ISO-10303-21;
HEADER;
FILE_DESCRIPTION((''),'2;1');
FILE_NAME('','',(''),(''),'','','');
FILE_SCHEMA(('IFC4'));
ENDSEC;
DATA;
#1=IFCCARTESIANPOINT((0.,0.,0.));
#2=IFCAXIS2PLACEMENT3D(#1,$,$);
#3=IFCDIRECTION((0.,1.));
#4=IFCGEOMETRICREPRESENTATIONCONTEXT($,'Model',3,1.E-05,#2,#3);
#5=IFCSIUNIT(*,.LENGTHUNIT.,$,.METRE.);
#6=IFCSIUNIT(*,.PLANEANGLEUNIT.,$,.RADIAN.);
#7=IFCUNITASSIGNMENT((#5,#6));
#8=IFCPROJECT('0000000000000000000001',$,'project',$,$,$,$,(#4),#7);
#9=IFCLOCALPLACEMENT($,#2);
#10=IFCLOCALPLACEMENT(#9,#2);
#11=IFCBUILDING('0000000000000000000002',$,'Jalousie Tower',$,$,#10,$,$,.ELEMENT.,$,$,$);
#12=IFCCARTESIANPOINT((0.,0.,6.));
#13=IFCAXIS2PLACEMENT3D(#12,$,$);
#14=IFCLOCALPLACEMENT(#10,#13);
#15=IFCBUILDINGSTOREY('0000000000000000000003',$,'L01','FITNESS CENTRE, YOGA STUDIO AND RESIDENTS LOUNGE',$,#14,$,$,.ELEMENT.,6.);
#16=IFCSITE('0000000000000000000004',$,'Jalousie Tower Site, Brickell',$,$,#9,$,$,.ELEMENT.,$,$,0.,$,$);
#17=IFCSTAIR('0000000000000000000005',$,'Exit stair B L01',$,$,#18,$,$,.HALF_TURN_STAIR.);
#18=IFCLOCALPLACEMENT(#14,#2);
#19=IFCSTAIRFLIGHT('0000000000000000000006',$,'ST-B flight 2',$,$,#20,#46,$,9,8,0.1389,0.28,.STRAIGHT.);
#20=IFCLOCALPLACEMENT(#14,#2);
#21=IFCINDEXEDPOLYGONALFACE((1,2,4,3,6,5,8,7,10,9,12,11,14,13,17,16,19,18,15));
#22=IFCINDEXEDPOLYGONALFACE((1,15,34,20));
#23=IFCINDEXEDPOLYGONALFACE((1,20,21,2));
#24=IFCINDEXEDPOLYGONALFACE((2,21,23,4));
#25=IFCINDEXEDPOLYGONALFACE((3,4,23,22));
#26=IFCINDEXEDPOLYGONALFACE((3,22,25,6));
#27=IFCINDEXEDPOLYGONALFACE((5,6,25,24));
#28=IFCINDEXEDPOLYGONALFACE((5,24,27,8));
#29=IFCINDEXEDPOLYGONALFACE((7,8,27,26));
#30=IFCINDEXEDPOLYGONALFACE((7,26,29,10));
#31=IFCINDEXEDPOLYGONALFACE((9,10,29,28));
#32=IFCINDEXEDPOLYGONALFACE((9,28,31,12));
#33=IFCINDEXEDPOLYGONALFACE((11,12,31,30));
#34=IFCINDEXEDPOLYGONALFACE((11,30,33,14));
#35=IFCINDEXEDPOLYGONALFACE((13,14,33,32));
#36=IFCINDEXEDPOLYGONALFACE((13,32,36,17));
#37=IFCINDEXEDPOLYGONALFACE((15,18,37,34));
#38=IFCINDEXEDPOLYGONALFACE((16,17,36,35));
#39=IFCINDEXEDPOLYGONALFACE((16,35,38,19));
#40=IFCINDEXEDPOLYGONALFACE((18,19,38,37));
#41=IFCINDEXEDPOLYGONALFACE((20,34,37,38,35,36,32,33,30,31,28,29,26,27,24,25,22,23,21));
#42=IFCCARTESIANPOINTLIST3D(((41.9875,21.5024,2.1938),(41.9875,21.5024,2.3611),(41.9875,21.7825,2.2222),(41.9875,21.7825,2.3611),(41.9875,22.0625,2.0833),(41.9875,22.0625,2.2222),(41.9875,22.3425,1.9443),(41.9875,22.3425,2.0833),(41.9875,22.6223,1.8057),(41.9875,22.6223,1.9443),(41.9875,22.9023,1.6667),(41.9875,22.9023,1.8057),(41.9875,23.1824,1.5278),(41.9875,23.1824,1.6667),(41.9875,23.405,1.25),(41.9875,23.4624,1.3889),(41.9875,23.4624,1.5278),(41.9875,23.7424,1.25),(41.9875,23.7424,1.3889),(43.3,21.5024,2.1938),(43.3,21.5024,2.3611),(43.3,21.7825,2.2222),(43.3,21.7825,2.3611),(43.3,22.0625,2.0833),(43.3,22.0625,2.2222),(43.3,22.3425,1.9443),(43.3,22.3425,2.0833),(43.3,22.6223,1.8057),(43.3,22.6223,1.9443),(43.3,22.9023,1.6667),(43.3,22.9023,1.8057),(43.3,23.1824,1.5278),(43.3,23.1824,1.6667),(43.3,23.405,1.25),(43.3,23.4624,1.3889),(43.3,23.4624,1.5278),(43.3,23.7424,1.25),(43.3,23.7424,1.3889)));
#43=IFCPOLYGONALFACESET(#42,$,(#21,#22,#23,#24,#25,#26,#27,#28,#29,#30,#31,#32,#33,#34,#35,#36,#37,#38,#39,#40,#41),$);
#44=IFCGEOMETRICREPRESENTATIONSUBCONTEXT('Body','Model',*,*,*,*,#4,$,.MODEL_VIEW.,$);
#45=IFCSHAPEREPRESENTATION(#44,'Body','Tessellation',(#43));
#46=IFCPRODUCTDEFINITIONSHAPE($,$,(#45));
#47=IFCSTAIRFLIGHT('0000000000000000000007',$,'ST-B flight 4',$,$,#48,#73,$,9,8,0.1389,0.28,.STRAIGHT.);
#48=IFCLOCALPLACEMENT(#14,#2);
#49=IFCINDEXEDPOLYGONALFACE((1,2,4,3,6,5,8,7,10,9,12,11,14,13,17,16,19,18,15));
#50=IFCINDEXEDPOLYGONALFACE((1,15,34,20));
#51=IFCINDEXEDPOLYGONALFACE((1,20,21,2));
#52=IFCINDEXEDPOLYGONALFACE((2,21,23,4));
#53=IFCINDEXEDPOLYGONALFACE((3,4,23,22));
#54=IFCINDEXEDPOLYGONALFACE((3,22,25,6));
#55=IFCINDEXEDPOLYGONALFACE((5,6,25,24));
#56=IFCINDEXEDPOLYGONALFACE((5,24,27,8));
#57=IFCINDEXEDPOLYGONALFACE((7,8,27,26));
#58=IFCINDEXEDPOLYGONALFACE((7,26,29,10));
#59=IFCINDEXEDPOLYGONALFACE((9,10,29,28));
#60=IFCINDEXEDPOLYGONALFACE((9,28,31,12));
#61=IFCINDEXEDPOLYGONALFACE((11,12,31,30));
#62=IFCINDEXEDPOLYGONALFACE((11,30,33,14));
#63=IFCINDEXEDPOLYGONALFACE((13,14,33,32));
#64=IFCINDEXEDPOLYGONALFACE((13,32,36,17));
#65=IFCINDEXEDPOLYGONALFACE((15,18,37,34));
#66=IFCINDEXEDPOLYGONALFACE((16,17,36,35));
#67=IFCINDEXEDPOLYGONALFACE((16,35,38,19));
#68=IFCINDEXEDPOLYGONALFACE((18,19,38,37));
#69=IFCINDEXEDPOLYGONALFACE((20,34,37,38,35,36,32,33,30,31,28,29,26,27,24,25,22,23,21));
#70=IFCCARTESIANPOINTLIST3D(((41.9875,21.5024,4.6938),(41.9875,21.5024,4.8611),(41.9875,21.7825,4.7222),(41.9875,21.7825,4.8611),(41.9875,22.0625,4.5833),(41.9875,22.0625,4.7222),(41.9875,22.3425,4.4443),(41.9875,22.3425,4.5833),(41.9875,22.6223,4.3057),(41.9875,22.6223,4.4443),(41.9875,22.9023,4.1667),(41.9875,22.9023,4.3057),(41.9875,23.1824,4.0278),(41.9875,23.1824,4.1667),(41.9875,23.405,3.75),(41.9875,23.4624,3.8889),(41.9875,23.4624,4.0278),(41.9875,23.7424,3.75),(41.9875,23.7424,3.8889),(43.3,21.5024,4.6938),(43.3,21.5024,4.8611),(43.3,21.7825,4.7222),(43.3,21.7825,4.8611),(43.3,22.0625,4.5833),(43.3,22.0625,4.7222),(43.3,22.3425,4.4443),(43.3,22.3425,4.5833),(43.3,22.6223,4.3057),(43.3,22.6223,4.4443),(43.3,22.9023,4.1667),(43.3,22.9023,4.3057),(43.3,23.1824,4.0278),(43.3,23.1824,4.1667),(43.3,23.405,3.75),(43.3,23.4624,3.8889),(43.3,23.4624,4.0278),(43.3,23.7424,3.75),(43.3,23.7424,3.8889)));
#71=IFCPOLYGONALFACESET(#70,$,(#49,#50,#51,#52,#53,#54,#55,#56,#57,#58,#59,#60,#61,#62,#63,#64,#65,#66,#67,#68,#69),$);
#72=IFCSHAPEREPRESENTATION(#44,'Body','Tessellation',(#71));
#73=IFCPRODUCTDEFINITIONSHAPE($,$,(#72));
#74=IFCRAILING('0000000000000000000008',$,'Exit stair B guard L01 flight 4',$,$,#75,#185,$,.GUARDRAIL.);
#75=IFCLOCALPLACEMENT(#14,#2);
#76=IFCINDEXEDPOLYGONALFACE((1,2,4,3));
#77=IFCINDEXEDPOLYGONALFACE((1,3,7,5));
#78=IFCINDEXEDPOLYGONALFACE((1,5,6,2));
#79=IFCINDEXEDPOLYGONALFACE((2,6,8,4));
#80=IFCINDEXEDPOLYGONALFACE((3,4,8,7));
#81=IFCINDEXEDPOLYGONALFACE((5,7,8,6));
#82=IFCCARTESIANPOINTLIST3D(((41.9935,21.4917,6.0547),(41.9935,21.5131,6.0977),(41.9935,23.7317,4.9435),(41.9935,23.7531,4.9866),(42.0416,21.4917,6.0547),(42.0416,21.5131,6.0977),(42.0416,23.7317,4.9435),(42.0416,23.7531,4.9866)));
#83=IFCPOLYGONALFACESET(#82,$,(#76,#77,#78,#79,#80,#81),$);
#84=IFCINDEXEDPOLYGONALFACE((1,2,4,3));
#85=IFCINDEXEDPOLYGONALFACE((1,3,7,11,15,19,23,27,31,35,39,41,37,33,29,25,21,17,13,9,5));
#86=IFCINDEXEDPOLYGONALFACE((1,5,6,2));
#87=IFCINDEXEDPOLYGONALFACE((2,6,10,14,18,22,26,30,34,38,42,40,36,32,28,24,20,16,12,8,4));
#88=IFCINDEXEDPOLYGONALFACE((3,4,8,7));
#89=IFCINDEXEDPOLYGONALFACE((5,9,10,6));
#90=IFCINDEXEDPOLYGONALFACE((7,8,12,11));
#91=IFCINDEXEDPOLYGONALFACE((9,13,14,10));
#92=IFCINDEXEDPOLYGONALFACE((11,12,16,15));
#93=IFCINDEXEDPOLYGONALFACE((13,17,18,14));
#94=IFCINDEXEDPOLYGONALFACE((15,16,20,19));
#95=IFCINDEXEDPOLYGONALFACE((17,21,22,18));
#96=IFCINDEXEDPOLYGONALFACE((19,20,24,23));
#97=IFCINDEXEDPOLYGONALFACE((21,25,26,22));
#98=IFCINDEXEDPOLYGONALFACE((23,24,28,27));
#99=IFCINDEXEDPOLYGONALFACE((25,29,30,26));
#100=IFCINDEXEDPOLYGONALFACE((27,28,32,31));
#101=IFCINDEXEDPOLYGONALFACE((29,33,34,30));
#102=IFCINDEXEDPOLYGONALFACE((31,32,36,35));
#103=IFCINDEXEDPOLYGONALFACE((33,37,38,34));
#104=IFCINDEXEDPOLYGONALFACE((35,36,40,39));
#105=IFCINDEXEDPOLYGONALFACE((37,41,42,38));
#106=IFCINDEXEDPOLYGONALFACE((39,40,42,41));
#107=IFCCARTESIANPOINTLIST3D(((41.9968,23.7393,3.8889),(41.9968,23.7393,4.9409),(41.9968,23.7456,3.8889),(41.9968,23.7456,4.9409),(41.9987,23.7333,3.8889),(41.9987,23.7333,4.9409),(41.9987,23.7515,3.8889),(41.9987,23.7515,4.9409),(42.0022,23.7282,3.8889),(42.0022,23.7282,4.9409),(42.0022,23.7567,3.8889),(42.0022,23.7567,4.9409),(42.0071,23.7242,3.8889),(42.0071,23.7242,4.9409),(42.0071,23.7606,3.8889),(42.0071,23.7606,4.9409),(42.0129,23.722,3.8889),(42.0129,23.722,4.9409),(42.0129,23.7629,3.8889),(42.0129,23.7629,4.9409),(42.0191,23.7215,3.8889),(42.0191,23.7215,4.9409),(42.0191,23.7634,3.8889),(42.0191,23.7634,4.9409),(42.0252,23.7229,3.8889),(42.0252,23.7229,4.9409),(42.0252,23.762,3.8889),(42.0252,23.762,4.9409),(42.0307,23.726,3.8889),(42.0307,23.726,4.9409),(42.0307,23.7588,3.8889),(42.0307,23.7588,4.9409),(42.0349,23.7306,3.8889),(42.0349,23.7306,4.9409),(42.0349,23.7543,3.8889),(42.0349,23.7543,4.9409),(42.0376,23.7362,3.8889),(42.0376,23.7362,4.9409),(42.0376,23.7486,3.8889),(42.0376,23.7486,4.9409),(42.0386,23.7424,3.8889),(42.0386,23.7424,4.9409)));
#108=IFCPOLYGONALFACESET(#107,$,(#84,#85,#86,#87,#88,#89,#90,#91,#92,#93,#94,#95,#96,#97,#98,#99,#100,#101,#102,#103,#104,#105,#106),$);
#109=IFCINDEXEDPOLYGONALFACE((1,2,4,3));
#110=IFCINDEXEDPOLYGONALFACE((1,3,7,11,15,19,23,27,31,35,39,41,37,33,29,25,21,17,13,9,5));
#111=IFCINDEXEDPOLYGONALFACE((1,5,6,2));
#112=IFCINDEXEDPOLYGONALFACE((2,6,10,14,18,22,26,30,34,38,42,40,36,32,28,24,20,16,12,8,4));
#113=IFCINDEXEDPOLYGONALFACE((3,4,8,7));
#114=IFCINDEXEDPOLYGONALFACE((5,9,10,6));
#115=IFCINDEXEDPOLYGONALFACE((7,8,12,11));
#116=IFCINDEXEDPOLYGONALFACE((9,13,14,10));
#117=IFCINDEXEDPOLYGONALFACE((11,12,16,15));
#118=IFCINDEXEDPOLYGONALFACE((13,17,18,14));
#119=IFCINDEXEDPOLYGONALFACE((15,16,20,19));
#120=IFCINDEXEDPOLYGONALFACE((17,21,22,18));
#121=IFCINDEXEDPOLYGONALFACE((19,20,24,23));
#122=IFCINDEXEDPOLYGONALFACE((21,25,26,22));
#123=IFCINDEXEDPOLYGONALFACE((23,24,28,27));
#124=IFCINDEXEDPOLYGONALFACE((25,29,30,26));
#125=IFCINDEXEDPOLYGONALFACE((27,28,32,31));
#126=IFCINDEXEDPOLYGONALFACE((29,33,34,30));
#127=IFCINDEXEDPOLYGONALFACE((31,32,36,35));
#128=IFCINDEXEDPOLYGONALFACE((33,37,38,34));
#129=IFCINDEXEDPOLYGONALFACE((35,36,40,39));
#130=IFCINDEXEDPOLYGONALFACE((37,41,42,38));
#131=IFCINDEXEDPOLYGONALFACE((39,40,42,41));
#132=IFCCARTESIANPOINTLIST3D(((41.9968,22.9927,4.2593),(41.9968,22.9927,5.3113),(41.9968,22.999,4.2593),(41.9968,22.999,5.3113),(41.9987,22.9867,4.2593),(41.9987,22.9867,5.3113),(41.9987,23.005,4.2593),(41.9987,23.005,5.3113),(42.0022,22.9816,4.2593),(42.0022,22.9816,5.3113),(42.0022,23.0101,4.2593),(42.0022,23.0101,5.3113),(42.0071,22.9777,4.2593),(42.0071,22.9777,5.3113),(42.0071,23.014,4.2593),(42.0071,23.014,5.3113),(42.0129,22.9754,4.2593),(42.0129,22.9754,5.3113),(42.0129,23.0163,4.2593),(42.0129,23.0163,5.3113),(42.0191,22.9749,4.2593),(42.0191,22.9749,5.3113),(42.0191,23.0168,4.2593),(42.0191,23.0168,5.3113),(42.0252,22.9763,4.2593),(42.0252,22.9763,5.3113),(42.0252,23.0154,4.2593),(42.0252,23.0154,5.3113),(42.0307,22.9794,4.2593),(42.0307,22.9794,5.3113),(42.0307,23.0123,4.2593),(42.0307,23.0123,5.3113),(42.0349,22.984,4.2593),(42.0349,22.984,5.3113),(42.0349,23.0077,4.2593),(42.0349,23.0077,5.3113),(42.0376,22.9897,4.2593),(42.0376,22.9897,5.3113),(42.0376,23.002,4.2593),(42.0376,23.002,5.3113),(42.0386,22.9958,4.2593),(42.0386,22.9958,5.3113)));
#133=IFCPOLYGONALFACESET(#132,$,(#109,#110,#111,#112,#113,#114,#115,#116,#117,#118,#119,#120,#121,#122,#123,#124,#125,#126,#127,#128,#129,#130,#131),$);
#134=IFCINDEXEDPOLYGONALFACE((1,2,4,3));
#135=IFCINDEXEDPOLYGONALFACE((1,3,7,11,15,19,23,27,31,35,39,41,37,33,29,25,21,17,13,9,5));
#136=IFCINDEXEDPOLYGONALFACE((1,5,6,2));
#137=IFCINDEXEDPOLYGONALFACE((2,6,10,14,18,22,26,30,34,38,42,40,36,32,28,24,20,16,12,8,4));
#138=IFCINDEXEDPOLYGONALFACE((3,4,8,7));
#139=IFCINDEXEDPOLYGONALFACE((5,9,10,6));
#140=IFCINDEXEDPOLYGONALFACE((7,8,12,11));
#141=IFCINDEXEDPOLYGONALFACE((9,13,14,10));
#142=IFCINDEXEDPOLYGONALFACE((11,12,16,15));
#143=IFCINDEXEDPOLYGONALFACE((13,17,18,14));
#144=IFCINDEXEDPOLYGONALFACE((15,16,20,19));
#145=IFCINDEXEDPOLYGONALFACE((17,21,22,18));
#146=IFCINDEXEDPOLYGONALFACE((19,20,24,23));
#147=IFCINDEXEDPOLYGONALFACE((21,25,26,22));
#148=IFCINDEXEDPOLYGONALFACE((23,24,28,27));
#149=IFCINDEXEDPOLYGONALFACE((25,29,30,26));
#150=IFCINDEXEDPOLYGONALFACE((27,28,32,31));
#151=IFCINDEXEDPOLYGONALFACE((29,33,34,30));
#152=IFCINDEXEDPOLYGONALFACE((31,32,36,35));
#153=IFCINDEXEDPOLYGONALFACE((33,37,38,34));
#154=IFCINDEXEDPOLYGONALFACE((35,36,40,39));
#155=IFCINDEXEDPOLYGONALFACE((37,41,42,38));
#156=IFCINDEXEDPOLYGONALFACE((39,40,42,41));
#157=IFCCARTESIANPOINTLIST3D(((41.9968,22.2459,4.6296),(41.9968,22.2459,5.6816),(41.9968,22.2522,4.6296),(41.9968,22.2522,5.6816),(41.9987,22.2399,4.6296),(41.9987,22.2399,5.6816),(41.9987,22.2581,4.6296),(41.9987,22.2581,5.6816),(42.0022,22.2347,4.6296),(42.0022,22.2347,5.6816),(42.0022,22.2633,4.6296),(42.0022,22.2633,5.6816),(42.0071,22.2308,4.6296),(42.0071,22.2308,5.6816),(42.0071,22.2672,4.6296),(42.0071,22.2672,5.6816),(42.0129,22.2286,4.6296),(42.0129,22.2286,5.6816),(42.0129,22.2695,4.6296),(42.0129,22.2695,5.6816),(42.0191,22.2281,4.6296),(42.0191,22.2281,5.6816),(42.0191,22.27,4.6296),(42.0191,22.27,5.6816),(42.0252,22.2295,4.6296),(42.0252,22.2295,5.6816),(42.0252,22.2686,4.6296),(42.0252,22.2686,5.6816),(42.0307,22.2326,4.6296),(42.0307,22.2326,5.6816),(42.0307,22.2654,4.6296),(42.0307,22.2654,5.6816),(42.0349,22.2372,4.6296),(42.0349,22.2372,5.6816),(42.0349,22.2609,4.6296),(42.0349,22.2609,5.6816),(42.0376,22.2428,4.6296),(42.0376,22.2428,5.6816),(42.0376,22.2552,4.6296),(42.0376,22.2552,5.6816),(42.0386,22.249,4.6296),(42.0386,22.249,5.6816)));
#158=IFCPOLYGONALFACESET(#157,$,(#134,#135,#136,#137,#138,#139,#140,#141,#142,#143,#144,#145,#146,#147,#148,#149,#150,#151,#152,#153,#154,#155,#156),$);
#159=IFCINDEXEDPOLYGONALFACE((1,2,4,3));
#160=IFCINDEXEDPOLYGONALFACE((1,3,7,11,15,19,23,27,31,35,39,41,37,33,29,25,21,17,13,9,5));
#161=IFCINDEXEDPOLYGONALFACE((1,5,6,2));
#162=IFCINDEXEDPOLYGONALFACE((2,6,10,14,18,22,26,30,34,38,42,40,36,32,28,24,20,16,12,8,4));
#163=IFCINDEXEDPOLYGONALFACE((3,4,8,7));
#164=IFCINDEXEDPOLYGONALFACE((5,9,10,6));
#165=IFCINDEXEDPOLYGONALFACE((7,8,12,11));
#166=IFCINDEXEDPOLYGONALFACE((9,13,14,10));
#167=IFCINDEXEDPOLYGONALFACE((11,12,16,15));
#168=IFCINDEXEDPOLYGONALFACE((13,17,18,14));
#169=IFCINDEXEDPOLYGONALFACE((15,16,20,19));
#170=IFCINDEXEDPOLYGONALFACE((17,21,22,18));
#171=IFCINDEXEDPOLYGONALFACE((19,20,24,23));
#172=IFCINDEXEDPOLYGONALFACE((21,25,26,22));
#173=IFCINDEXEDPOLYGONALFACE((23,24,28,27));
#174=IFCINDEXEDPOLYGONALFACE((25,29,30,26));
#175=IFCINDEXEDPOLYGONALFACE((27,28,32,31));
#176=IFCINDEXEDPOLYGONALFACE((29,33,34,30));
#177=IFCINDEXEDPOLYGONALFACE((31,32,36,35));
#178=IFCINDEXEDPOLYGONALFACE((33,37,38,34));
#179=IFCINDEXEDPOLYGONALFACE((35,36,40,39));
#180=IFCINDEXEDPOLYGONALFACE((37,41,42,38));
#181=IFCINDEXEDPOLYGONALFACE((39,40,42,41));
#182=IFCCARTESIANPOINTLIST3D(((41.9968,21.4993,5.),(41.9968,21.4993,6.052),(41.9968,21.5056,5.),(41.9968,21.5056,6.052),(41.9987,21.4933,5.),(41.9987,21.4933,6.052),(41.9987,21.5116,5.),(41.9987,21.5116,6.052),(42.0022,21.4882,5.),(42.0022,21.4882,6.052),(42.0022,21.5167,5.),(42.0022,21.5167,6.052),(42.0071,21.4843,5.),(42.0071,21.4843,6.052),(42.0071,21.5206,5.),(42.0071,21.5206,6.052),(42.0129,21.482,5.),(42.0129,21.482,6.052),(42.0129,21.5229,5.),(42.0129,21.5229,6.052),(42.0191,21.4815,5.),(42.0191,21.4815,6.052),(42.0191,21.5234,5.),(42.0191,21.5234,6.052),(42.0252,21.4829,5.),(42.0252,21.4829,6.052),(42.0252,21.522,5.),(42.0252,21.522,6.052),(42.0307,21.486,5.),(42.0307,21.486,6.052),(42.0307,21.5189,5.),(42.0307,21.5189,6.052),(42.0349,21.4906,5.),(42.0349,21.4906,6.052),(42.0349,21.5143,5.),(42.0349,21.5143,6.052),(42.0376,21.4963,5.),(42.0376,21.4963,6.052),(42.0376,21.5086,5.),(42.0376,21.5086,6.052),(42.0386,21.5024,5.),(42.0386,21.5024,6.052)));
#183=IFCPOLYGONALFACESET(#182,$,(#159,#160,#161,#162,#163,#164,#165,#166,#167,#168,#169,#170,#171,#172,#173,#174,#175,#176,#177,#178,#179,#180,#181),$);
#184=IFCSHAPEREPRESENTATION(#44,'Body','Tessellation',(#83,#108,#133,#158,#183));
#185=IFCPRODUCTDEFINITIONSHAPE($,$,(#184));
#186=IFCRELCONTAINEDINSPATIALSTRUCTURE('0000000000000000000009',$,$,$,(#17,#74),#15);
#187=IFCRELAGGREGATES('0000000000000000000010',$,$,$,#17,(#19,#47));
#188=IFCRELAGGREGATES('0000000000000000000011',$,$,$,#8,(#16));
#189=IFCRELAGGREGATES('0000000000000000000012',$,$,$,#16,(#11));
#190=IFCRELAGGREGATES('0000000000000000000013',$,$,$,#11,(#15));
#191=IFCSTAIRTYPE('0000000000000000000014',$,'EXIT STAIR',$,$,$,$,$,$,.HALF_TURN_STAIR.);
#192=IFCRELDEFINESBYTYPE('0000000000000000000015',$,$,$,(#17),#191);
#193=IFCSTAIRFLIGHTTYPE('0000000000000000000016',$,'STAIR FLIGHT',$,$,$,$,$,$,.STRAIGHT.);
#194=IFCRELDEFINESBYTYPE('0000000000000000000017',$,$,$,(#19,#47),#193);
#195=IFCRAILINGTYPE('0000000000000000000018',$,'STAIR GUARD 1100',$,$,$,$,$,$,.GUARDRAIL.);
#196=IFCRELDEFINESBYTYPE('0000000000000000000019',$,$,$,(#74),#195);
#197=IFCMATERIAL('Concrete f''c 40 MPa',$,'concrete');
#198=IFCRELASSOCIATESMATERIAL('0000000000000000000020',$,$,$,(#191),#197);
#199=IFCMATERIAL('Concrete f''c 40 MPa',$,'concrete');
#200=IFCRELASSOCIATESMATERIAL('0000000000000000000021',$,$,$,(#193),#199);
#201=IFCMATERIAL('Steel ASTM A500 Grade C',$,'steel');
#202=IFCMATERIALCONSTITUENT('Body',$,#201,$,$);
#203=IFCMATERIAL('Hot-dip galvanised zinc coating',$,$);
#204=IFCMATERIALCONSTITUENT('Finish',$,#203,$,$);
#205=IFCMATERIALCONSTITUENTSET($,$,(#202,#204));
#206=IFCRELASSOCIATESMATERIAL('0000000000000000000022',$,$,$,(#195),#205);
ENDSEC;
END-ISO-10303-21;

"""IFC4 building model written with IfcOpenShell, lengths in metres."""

from ifc_helpers import new_model, si_unit, direction, frame, origin, origin_2d, place, context, subcontext, project, spatial, polyline, rectangle, circle, outline, extrude, material, constituent, constituent_set, type_object, element, aggregate, save


model = new_model("IFC4")

# Units and contexts
model_context = context("Model", 3, precision=1e-05, world=origin(), true_north=direction((0.0, 1.0)))
body_context = subcontext(model_context, "Body", "Model", "MODEL_VIEW")
ifc_project = project(units=[si_unit("LENGTHUNIT", "METRE"), si_unit("PLANEANGLEUNIT", "RADIAN")], contexts=[model_context])

# Site, building, storey
site_placement = place(None, origin())
site = spatial("IfcSite", under=ifc_project, at=site_placement, Name="Jalousie Tower Site, Brickell", CompositionType="ELEMENT", RefElevation=0.0)
building_placement = place(site_placement, origin())
building = spatial("IfcBuilding", under=site, at=building_placement, Name="Jalousie Tower", CompositionType="ELEMENT")
storey_placement = place(building_placement, frame((0.0, 0.0, 6.0)))
storey = spatial("IfcBuildingStorey", under=building, at=storey_placement, Name="L01", Description="FITNESS CENTRE, YOGA STUDIO AND RESIDENTS LOUNGE", CompositionType="ELEMENT", Elevation=6.0)

# Stair, stair flights
ifc_material_1 = material(Name="Concrete f'c 40 MPa", Category="concrete")
stair_type = type_object("IfcStairType", Name="EXIT STAIR", PredefinedType="HALF_TURN_STAIR", material=ifc_material_1)
stair_placement = place(storey_placement, origin())
stair = element("IfcStair", 1, at=stair_placement, inside=storey, type_object=stair_type, Name="Exit stair B L01", PredefinedType="HALF_TURN_STAIR")
ifc_material_2 = material(Name="Concrete f'c 40 MPa", Category="concrete")
stair_flight_type = type_object("IfcStairFlightType", Name="STAIR FLIGHT", PredefinedType="STRAIGHT", material=ifc_material_2)
stair_flight_1_placement = place(storey_placement, frame((42.6438, 23.7424, 1.25), z_axis=(0.0, 0.0, 1.0), x_axis=(0.0, -1.0, 0.0)))
stair_flight_1 = element("IfcStairFlight", 2, at=stair_flight_1_placement, type_object=stair_flight_type, Name="ST-B flight 2", NumberOfRisers=9, NumberOfTreads=8, PredefinedType="STRAIGHT", RiserHeight=0.1389, TreadLength=0.28, context=body_context, shape_type="SweptSolid", body=[
    extrude(outline(polyline([(0.0, 0.0), (0.0, 0.1389), (0.28, 0.1389), (0.28, 0.2778), (0.5601, 0.2778), (0.5601, 0.4167), (0.8401, 0.4167), (0.8401, 0.5557), (1.1201, 0.5557), (1.1201, 0.6943), (1.3999, 0.6943), (1.3999, 0.8333), (1.6799, 0.8333), (1.6799, 0.9722), (1.96, 0.9722), (1.96, 1.1111), (2.24, 1.1111), (2.24, 1.25), (2.24, 0.9438), (0.3374, 0.0), (0.0, 0.0)])), frame((0.0, 0.6562, 0.0), z_axis=(0.0, -1.0, 0.0), x_axis=(1.0, 0.0, 0.0)), (0.0, 0.0, 1.0), 1.3125),
])
stair_flight_2_placement = place(storey_placement, frame((42.6438, 23.7424, 3.75), z_axis=(0.0, 0.0, 1.0), x_axis=(0.0, -1.0, 0.0)))
stair_flight_2 = element("IfcStairFlight", 3, at=stair_flight_2_placement, type_object=stair_flight_type, Name="ST-B flight 4", NumberOfRisers=9, NumberOfTreads=8, PredefinedType="STRAIGHT", RiserHeight=0.1389, TreadLength=0.28, context=body_context, shape_type="SweptSolid", body=[
    extrude(outline(polyline([(0.0, 0.0), (0.0, 0.1389), (0.28, 0.1389), (0.28, 0.2778), (0.5601, 0.2778), (0.5601, 0.4167), (0.8401, 0.4167), (0.8401, 0.5557), (1.1201, 0.5557), (1.1201, 0.6943), (1.3999, 0.6943), (1.3999, 0.8333), (1.6799, 0.8333), (1.6799, 0.9722), (1.96, 0.9722), (1.96, 1.1111), (2.24, 1.1111), (2.24, 1.25), (2.24, 0.9438), (0.3374, 0.0), (0.0, 0.0)])), frame((0.0, 0.6562, 0.0), z_axis=(0.0, -1.0, 0.0), x_axis=(1.0, 0.0, 0.0)), (0.0, 0.0, 1.0), 1.3125),
])
aggregate(stair, [stair_flight_1, stair_flight_2])

# Railing
ifc_material_3 = material(Name="Steel ASTM A500 Grade C", Category="steel")
ifc_constituent_1 = constituent(ifc_material_3, Name="Body")
ifc_material_4 = material(Name="Hot-dip galvanised zinc coating")
ifc_constituent_2 = constituent(ifc_material_4, Name="Finish")
ifc_constituent_set_1 = constituent_set(constituents=[ifc_constituent_1, ifc_constituent_2])
railing_type_1 = type_object("IfcRailingType", Name="STAIR GUARD 1100", PredefinedType="GUARDRAIL", material=ifc_constituent_set_1)
railing_placement = place(storey_placement, frame((42.0176, 23.7424, 3.8889)))
element("IfcRailing", 4, at=railing_placement, inside=storey, type_object=railing_type_1, Name="Exit stair B guard L01 flight 4", PredefinedType="GUARDRAIL", context=body_context, shape_type="SweptSolid", body=[
    extrude(rectangle(XDim=0.0481, YDim=0.0481, at=origin_2d()), frame((0.0, 0.0, 1.0762), z_axis=(0.0, -0.895848, 0.44436), x_axis=(1.0, 0.0, 0.0)), (0.0, 0.0, 1.0), 2.5005),
    extrude(circle(Radius=0.021, at=origin_2d()), origin(), (0.0, 0.0, 1.0), 1.052),
    extrude(circle(Radius=0.021, at=origin_2d()), frame((0.0, -0.7466, 0.3704)), (0.0, 0.0, 1.0), 1.052),
    extrude(circle(Radius=0.021, at=origin_2d()), frame((0.0, -1.4934, 0.7407)), (0.0, 0.0, 1.0), 1.052),
    extrude(circle(Radius=0.021, at=origin_2d()), frame((0.0, -2.24, 1.1111)), (0.0, 0.0, 1.0), 1.052),
])

save(model, "model.ifc")
